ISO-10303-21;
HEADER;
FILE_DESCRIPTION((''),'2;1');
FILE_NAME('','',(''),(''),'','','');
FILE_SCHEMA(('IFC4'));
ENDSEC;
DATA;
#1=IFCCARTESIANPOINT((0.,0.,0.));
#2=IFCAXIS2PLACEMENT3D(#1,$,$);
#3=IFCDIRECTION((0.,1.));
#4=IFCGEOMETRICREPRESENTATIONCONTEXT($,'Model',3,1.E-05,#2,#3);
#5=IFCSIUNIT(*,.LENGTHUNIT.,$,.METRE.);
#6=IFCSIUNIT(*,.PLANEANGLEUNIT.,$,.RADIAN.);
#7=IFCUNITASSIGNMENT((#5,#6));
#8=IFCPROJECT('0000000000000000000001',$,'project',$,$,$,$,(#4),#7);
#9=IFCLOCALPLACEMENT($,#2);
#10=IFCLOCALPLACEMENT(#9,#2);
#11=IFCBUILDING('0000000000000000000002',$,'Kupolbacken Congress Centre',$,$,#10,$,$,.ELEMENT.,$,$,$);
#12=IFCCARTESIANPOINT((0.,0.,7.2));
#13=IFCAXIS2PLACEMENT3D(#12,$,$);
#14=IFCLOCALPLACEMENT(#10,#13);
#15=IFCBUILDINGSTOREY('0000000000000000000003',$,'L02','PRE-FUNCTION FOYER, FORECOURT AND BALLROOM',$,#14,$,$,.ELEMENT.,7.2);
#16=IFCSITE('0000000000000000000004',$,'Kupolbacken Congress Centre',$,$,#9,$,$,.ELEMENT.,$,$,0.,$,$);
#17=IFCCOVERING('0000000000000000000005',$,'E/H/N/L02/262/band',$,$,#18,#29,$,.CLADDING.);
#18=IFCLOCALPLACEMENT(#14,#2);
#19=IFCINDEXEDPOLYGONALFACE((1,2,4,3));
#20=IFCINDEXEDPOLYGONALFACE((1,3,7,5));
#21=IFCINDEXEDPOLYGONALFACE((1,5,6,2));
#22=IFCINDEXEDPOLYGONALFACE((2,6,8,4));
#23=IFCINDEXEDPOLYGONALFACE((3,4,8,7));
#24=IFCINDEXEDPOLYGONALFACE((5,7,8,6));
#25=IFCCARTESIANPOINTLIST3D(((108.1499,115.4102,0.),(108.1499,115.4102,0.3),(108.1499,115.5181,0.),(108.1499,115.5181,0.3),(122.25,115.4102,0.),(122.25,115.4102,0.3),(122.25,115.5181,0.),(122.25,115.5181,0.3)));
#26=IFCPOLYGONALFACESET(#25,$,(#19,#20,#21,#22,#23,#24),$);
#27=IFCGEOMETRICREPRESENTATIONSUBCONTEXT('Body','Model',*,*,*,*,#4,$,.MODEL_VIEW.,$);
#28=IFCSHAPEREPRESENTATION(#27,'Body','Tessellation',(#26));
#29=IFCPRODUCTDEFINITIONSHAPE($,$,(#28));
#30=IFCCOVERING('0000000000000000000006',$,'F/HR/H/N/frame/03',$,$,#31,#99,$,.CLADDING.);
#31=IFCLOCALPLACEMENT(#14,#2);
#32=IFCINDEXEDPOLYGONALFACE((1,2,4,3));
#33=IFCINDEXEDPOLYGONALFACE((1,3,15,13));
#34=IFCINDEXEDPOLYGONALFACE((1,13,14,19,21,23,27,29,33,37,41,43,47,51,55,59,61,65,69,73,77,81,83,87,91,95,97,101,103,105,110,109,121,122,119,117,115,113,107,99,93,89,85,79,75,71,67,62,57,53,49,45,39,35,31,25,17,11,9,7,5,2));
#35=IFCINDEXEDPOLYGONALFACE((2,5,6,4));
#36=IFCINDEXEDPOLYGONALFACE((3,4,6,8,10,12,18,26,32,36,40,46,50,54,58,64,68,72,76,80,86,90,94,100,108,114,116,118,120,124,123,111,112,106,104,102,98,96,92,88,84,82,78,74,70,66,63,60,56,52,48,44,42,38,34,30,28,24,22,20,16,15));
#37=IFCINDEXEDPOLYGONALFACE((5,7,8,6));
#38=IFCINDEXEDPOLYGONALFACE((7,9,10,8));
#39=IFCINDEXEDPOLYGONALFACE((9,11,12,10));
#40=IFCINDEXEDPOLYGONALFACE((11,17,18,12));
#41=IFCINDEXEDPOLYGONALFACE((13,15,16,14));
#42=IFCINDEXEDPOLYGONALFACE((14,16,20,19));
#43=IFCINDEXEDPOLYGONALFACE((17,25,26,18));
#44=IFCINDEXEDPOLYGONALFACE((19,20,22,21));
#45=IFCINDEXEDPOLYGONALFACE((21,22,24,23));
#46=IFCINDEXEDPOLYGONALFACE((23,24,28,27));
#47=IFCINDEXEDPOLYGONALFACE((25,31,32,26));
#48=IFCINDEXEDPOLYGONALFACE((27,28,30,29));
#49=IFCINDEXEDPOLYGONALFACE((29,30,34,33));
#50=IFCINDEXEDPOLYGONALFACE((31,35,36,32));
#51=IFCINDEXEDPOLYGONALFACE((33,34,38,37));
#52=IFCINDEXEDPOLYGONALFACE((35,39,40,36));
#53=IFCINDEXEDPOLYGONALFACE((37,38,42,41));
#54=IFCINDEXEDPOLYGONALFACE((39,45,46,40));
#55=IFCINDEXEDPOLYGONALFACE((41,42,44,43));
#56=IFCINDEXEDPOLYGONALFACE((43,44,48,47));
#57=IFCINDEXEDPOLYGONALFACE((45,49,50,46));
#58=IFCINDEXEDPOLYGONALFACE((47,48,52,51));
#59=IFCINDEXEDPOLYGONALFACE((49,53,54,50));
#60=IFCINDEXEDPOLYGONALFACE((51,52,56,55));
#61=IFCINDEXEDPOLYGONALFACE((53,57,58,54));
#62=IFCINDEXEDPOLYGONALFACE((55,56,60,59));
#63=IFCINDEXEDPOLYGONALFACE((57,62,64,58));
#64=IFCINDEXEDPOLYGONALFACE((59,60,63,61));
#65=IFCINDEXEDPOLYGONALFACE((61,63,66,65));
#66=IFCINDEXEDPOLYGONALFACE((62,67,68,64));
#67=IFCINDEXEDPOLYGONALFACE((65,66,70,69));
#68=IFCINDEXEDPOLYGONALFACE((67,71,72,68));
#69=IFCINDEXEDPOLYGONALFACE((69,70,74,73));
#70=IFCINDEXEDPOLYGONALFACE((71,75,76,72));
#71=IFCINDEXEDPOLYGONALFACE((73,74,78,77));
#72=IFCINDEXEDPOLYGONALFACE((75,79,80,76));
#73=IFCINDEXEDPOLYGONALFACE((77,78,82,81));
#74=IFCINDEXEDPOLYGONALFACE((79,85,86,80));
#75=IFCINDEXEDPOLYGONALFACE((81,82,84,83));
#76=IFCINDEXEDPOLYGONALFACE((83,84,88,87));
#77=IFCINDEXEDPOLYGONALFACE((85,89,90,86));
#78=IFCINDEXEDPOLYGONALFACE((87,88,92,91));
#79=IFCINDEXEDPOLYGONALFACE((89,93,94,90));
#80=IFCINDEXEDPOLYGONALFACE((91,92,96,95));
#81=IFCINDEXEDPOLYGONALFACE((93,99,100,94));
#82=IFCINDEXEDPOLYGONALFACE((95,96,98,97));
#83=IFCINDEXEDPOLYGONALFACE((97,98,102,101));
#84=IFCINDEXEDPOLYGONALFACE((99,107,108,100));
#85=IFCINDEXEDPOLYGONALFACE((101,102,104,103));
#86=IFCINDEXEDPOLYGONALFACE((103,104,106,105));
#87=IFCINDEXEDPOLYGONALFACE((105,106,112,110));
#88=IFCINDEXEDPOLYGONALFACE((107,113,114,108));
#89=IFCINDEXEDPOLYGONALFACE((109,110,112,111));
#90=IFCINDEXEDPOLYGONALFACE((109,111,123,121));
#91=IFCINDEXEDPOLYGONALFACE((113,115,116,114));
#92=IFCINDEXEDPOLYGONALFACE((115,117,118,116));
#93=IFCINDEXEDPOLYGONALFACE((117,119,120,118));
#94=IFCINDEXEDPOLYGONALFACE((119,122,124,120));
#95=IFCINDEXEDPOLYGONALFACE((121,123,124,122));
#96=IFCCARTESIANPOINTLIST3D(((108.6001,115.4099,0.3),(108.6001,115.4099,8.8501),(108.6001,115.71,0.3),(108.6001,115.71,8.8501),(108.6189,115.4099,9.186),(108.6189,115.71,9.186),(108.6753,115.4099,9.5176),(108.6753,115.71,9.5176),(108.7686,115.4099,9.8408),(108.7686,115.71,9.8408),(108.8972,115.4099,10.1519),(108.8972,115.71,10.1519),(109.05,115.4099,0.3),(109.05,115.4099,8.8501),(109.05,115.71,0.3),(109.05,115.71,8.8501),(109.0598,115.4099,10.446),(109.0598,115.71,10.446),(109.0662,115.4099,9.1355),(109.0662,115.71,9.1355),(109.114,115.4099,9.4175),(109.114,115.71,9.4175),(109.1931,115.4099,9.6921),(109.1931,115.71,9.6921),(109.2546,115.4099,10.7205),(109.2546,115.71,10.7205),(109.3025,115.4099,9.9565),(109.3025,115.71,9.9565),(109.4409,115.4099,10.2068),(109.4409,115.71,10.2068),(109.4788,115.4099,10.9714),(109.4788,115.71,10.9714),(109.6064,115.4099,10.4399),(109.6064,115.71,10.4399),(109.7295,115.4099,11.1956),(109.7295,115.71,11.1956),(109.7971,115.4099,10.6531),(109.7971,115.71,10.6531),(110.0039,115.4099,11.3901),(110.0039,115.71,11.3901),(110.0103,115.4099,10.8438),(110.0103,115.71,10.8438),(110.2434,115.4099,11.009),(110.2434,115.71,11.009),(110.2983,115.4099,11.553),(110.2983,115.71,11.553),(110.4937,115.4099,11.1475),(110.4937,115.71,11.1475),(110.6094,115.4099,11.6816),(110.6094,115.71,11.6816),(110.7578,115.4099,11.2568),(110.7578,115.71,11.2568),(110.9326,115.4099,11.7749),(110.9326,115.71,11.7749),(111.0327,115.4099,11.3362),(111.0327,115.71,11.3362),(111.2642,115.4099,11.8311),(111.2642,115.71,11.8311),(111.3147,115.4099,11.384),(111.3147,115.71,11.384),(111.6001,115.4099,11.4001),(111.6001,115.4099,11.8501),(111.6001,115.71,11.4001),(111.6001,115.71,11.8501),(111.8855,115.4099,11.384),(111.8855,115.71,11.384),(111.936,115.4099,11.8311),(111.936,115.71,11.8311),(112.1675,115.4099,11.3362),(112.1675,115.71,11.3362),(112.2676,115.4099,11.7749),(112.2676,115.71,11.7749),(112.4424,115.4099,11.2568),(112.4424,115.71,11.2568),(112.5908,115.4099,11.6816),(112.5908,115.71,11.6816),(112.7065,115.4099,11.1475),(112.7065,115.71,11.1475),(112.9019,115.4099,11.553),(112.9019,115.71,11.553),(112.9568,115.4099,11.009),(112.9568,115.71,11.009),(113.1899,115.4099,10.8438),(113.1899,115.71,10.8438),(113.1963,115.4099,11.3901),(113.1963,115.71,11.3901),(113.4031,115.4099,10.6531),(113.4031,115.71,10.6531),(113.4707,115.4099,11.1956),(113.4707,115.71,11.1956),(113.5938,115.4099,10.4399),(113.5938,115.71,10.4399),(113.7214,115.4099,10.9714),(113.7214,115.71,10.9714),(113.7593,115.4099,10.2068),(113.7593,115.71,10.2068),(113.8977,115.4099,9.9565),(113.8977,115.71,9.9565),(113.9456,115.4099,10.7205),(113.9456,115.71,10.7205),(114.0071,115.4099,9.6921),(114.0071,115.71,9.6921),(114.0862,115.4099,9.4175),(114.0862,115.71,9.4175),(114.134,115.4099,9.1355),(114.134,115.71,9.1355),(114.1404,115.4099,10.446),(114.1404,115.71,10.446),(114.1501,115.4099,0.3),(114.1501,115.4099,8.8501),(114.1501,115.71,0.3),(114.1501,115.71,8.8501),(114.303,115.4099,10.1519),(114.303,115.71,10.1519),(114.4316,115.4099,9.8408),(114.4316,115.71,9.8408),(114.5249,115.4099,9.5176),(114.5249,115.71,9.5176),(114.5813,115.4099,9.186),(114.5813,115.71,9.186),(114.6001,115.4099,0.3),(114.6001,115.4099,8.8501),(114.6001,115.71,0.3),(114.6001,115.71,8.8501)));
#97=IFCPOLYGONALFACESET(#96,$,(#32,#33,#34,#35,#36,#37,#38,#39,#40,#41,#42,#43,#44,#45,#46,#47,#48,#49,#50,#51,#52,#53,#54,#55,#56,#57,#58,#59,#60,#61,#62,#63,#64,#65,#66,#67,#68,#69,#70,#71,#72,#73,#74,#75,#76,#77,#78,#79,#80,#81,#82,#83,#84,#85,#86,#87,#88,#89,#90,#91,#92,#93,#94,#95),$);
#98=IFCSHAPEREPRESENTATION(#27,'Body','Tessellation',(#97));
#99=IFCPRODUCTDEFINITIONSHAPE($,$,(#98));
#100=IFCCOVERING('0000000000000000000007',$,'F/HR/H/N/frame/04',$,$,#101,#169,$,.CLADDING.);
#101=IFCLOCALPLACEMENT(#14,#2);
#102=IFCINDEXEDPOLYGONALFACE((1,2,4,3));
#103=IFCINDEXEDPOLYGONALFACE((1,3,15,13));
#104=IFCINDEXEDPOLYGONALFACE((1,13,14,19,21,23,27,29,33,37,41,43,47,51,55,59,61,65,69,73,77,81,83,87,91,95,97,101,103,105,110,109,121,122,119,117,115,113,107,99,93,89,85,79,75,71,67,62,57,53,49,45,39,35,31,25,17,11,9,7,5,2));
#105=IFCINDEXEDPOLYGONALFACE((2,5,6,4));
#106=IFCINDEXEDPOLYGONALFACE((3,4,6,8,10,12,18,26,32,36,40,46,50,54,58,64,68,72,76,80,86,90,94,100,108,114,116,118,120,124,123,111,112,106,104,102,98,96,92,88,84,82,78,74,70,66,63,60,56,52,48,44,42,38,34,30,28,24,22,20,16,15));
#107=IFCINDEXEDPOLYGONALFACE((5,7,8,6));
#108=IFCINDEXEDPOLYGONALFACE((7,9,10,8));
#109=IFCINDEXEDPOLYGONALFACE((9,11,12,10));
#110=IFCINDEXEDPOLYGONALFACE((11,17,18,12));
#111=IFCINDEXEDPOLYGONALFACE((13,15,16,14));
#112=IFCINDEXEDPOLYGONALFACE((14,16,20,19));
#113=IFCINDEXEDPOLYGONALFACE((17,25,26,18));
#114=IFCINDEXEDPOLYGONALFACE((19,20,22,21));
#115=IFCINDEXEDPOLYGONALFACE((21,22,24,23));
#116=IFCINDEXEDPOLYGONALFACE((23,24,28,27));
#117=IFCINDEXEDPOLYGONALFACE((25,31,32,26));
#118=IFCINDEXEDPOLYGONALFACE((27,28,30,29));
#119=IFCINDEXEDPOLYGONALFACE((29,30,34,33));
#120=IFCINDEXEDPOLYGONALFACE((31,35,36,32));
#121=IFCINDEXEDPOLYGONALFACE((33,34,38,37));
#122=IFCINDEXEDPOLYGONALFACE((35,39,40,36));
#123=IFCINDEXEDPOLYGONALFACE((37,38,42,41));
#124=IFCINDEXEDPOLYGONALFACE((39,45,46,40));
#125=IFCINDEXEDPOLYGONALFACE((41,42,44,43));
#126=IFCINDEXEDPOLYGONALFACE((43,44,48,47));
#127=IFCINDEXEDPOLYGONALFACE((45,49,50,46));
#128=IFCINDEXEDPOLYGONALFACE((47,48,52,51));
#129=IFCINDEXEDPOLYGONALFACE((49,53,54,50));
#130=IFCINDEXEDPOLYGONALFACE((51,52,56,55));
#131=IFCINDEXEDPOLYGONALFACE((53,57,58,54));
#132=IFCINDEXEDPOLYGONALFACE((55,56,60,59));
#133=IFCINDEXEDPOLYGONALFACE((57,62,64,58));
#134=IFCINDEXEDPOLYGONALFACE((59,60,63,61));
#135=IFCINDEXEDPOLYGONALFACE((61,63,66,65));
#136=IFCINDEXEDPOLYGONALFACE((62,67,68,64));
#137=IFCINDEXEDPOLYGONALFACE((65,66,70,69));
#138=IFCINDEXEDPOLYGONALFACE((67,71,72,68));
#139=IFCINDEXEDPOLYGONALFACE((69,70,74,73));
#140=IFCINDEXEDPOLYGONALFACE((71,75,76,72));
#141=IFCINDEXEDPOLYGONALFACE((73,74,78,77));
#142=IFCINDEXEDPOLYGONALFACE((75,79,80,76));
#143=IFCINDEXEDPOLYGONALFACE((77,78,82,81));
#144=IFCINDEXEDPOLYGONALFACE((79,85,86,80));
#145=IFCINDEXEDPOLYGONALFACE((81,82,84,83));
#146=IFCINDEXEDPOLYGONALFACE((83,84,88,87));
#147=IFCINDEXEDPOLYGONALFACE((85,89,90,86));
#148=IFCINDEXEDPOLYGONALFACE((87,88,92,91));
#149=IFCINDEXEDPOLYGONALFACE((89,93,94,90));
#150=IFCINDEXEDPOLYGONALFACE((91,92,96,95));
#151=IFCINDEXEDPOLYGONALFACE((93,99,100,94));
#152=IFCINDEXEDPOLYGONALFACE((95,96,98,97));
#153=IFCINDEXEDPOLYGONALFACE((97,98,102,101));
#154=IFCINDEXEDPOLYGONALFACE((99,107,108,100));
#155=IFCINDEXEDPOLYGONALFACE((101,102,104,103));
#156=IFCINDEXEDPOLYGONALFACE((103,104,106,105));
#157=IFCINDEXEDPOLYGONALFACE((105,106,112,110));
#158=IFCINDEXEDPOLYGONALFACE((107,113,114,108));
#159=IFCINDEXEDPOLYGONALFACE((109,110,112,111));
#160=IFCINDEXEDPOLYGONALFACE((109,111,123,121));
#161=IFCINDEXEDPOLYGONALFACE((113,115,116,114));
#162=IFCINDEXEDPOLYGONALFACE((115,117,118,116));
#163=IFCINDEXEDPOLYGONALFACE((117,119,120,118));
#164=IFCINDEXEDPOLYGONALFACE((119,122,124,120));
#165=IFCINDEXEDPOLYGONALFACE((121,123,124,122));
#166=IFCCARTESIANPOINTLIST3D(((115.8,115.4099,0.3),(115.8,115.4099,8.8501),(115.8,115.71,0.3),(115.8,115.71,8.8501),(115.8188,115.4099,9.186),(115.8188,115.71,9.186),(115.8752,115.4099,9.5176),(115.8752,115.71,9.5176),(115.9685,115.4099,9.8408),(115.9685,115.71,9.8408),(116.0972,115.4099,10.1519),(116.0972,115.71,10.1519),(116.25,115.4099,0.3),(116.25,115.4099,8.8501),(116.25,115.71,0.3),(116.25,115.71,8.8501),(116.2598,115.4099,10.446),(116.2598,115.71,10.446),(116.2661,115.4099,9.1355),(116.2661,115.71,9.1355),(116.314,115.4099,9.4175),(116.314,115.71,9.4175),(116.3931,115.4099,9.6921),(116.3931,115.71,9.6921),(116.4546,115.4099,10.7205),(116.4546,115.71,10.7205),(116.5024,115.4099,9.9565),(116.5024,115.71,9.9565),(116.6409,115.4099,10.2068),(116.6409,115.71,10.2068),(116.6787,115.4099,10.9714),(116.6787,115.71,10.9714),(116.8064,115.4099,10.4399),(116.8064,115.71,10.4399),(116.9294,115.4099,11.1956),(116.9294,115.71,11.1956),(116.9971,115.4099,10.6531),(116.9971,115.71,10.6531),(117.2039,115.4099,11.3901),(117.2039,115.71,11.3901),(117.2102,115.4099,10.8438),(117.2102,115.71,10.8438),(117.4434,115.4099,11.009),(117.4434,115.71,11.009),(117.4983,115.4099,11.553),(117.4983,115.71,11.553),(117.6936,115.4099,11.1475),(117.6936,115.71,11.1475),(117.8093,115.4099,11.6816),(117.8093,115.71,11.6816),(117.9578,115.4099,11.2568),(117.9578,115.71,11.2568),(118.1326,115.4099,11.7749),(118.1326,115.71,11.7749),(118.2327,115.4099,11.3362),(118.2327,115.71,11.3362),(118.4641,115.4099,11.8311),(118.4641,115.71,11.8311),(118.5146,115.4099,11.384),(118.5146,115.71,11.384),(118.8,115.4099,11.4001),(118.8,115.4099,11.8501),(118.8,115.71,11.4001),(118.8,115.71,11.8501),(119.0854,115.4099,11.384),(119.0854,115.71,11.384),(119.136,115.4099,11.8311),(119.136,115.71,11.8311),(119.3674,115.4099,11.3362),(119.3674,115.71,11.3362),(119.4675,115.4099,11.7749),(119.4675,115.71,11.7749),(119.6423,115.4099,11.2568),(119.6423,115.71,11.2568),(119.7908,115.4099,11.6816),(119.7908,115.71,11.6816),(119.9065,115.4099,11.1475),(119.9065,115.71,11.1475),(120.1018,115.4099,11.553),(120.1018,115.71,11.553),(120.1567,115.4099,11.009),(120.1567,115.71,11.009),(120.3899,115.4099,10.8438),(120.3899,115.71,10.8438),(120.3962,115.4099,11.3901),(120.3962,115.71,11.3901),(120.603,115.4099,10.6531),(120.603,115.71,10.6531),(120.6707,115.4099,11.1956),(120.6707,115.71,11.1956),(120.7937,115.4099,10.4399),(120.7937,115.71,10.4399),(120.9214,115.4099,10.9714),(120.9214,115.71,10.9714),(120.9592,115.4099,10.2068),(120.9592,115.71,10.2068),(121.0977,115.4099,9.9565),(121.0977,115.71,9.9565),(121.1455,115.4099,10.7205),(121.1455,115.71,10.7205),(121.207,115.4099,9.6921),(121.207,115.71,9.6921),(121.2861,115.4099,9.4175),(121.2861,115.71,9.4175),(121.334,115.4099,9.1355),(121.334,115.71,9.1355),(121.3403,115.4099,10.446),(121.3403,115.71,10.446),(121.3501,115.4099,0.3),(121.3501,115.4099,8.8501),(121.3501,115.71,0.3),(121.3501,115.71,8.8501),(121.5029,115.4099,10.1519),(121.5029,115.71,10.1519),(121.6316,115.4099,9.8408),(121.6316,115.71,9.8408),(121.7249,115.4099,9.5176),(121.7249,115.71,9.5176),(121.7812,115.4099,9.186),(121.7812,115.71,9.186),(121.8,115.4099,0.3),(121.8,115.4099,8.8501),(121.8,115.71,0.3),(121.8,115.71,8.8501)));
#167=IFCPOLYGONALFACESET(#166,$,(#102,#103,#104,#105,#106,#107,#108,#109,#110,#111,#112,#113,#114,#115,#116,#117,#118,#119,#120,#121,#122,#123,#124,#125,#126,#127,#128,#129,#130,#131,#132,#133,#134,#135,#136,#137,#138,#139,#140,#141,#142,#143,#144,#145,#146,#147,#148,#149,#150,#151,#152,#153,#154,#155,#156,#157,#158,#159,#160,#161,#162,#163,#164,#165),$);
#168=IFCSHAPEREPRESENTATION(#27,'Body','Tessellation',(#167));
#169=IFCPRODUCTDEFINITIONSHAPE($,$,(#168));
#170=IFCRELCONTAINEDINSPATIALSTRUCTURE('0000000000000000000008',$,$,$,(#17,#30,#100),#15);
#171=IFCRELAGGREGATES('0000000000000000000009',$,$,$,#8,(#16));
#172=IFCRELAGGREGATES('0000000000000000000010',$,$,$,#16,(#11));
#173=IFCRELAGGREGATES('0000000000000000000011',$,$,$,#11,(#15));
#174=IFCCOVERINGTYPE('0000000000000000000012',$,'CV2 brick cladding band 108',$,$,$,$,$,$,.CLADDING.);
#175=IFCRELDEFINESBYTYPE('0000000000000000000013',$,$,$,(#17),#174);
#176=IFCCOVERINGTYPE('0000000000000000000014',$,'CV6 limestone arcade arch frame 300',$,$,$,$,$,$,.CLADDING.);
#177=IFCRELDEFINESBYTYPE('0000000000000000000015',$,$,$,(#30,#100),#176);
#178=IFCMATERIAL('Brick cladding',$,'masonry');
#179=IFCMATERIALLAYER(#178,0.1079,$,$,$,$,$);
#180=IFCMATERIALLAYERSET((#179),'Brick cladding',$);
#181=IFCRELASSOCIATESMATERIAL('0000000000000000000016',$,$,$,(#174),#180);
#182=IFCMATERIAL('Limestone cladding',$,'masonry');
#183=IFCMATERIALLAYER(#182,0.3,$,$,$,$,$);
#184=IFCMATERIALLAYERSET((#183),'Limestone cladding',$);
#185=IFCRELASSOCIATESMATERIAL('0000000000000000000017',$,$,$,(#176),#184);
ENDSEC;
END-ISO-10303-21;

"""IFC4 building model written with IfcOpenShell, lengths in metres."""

from ifc_helpers import new_model, si_unit, direction, frame, origin, origin_2d, place, context, subcontext, project, spatial, polyline, rectangle, outline, extrude, material, layer, layer_set, type_object, element, save


model = new_model("IFC4")

# Units and contexts
model_context = context("Model", 3, precision=1e-05, world=origin(), true_north=direction((0.0, 1.0)))
body_context = subcontext(model_context, "Body", "Model", "MODEL_VIEW")
ifc_project = project(units=[si_unit("LENGTHUNIT", "METRE"), si_unit("PLANEANGLEUNIT", "RADIAN")], contexts=[model_context])

# Site, building, storey
site_placement = place(None, origin())
site = spatial("IfcSite", under=ifc_project, at=site_placement, Name="Kupolbacken Congress Centre", CompositionType="ELEMENT", RefElevation=0.0)
building_placement = place(site_placement, origin())
building = spatial("IfcBuilding", under=site, at=building_placement, Name="Kupolbacken Congress Centre", CompositionType="ELEMENT")
storey_placement = place(building_placement, frame((0.0, 0.0, 7.2)))
storey = spatial("IfcBuildingStorey", under=building, at=storey_placement, Name="L02", Description="PRE-FUNCTION FOYER, FORECOURT AND BALLROOM", CompositionType="ELEMENT", Elevation=7.2)

# Coverings
ifc_material_1 = material(Name="Brick cladding", Category="masonry")
ifc_layer_1 = layer(ifc_material_1, 0.1079)
ifc_layer_set_1 = layer_set([ifc_layer_1], Name="Brick cladding")
covering_type_1 = type_object("IfcCoveringType", Name="CV2 brick cladding band 108", PredefinedType="CLADDING", material=ifc_layer_set_1)
covering_1_placement = place(storey_placement, frame((115.2, 115.4641, 0.0), z_axis=(0.0, 0.0, 1.0), x_axis=(-1.0, 0.0, 0.0)))
element("IfcCovering", 1, at=covering_1_placement, inside=storey, type_object=covering_type_1, Name="E/H/N/L02/262/band", PredefinedType="CLADDING", context=body_context, shape_type="SweptSolid", body=[
    extrude(rectangle(XDim=14.1001, YDim=0.1079, at=origin_2d()), origin(), (0.0, 0.0, 1.0), 0.3),
])
ifc_material_2 = material(Name="Limestone cladding", Category="masonry")
ifc_layer_2 = layer(ifc_material_2, 0.3)
ifc_layer_set_2 = layer_set([ifc_layer_2], Name="Limestone cladding")
covering_type_2 = type_object("IfcCoveringType", Name="CV6 limestone arcade arch frame 300", PredefinedType="CLADDING", material=ifc_layer_set_2)
covering_2_placement = place(storey_placement, frame((108.6001, 115.4099, 0.3), z_axis=(0.0, 1.0, 0.0), x_axis=(-1.0, 0.0, 0.0)))
element("IfcCovering", 2, at=covering_2_placement, inside=storey, type_object=covering_type_2, Name="F/HR/H/N/frame/03", PredefinedType="CLADDING", context=body_context, shape_type="SweptSolid", body=[
    extrude(outline(polyline([(0.0, 0.0), (0.0, 8.55), (-0.0188, 8.886), (-0.0752, 9.2175), (-0.1685, 9.5408), (-0.2971, 9.8518), (-0.4597, 10.146), (-0.6545, 10.4204), (-0.8787, 10.6714), (-1.1294, 10.8955), (-1.4038, 11.0901), (-1.6982, 11.2529), (-2.0093, 11.3816), (-2.3325, 11.4749), (-2.6641, 11.531), (-3.0, 11.55), (-3.3359, 11.531), (-3.6675, 11.4749), (-3.9907, 11.3816), (-4.3018, 11.2529), (-4.5962, 11.0901), (-4.8706, 10.8955), (-5.1213, 10.6714), (-5.3455, 10.4204), (-5.5403, 10.146), (-5.7029, 9.8518), (-5.8315, 9.5408), (-5.9248, 9.2175), (-5.9812, 8.886), (-6.0, 8.55), (-6.0, 0.0), (-5.55, 0.0), (-5.55, 8.55), (-5.5339, 8.8354), (-5.4861, 9.1174), (-5.407, 9.3921), (-5.2976, 9.6565), (-5.1592, 9.9067), (-4.9937, 10.1399), (-4.803, 10.353), (-4.5898, 10.5437), (-4.3567, 10.709), (-4.1064, 10.8474), (-3.8423, 10.9568), (-3.5674, 11.0361), (-3.2854, 11.084), (-3.0, 11.1001), (-2.7146, 11.084), (-2.4326, 11.0361), (-2.1577, 10.9568), (-1.8936, 10.8474), (-1.6433, 10.709), (-1.4102, 10.5437), (-1.197, 10.353), (-1.0063, 10.1399), (-0.8408, 9.9067), (-0.7024, 9.6565), (-0.593, 9.3921), (-0.5139, 9.1174), (-0.4661, 8.8354), (-0.45, 8.55), (-0.45, 0.0), (0.0, 0.0)])), origin(), (0.0, 0.0, 1.0), 0.3),
])
covering_3_placement = place(storey_placement, frame((115.8, 115.4099, 0.3), z_axis=(0.0, 1.0, 0.0), x_axis=(-1.0, 0.0, 0.0)))
element("IfcCovering", 3, at=covering_3_placement, inside=storey, type_object=covering_type_2, Name="F/HR/H/N/frame/04", PredefinedType="CLADDING", context=body_context, shape_type="SweptSolid", body=[
    extrude(outline(polyline([(0.0, 0.0), (0.0, 8.55), (-0.0188, 8.886), (-0.0752, 9.2175), (-0.1685, 9.5408), (-0.2971, 9.8518), (-0.4597, 10.146), (-0.6545, 10.4204), (-0.8787, 10.6714), (-1.1294, 10.8955), (-1.4038, 11.0901), (-1.6982, 11.2529), (-2.0093, 11.3816), (-2.3325, 11.4749), (-2.6641, 11.531), (-3.0, 11.55), (-3.3359, 11.531), (-3.6675, 11.4749), (-3.9907, 11.3816), (-4.3018, 11.2529), (-4.5962, 11.0901), (-4.8706, 10.8955), (-5.1213, 10.6714), (-5.3455, 10.4204), (-5.5403, 10.146), (-5.7029, 9.8518), (-5.8315, 9.5408), (-5.9248, 9.2175), (-5.9812, 8.886), (-6.0, 8.55), (-6.0, 0.0), (-5.55, 0.0), (-5.55, 8.55), (-5.5339, 8.8354), (-5.4861, 9.1174), (-5.407, 9.3921), (-5.2976, 9.6565), (-5.1592, 9.9067), (-4.9937, 10.1399), (-4.803, 10.353), (-4.5898, 10.5437), (-4.3567, 10.709), (-4.1064, 10.8474), (-3.8423, 10.9568), (-3.5674, 11.0361), (-3.2854, 11.084), (-3.0, 11.1001), (-2.7146, 11.084), (-2.4326, 11.0361), (-2.1577, 10.9568), (-1.8936, 10.8474), (-1.6433, 10.709), (-1.4102, 10.5437), (-1.197, 10.353), (-1.0063, 10.1399), (-0.8408, 9.9067), (-0.7024, 9.6565), (-0.593, 9.3921), (-0.5139, 9.1174), (-0.4661, 8.8354), (-0.45, 8.55), (-0.45, 0.0), (0.0, 0.0)])), origin(), (0.0, 0.0, 1.0), 0.3),
])

save(model, "model.ifc")
